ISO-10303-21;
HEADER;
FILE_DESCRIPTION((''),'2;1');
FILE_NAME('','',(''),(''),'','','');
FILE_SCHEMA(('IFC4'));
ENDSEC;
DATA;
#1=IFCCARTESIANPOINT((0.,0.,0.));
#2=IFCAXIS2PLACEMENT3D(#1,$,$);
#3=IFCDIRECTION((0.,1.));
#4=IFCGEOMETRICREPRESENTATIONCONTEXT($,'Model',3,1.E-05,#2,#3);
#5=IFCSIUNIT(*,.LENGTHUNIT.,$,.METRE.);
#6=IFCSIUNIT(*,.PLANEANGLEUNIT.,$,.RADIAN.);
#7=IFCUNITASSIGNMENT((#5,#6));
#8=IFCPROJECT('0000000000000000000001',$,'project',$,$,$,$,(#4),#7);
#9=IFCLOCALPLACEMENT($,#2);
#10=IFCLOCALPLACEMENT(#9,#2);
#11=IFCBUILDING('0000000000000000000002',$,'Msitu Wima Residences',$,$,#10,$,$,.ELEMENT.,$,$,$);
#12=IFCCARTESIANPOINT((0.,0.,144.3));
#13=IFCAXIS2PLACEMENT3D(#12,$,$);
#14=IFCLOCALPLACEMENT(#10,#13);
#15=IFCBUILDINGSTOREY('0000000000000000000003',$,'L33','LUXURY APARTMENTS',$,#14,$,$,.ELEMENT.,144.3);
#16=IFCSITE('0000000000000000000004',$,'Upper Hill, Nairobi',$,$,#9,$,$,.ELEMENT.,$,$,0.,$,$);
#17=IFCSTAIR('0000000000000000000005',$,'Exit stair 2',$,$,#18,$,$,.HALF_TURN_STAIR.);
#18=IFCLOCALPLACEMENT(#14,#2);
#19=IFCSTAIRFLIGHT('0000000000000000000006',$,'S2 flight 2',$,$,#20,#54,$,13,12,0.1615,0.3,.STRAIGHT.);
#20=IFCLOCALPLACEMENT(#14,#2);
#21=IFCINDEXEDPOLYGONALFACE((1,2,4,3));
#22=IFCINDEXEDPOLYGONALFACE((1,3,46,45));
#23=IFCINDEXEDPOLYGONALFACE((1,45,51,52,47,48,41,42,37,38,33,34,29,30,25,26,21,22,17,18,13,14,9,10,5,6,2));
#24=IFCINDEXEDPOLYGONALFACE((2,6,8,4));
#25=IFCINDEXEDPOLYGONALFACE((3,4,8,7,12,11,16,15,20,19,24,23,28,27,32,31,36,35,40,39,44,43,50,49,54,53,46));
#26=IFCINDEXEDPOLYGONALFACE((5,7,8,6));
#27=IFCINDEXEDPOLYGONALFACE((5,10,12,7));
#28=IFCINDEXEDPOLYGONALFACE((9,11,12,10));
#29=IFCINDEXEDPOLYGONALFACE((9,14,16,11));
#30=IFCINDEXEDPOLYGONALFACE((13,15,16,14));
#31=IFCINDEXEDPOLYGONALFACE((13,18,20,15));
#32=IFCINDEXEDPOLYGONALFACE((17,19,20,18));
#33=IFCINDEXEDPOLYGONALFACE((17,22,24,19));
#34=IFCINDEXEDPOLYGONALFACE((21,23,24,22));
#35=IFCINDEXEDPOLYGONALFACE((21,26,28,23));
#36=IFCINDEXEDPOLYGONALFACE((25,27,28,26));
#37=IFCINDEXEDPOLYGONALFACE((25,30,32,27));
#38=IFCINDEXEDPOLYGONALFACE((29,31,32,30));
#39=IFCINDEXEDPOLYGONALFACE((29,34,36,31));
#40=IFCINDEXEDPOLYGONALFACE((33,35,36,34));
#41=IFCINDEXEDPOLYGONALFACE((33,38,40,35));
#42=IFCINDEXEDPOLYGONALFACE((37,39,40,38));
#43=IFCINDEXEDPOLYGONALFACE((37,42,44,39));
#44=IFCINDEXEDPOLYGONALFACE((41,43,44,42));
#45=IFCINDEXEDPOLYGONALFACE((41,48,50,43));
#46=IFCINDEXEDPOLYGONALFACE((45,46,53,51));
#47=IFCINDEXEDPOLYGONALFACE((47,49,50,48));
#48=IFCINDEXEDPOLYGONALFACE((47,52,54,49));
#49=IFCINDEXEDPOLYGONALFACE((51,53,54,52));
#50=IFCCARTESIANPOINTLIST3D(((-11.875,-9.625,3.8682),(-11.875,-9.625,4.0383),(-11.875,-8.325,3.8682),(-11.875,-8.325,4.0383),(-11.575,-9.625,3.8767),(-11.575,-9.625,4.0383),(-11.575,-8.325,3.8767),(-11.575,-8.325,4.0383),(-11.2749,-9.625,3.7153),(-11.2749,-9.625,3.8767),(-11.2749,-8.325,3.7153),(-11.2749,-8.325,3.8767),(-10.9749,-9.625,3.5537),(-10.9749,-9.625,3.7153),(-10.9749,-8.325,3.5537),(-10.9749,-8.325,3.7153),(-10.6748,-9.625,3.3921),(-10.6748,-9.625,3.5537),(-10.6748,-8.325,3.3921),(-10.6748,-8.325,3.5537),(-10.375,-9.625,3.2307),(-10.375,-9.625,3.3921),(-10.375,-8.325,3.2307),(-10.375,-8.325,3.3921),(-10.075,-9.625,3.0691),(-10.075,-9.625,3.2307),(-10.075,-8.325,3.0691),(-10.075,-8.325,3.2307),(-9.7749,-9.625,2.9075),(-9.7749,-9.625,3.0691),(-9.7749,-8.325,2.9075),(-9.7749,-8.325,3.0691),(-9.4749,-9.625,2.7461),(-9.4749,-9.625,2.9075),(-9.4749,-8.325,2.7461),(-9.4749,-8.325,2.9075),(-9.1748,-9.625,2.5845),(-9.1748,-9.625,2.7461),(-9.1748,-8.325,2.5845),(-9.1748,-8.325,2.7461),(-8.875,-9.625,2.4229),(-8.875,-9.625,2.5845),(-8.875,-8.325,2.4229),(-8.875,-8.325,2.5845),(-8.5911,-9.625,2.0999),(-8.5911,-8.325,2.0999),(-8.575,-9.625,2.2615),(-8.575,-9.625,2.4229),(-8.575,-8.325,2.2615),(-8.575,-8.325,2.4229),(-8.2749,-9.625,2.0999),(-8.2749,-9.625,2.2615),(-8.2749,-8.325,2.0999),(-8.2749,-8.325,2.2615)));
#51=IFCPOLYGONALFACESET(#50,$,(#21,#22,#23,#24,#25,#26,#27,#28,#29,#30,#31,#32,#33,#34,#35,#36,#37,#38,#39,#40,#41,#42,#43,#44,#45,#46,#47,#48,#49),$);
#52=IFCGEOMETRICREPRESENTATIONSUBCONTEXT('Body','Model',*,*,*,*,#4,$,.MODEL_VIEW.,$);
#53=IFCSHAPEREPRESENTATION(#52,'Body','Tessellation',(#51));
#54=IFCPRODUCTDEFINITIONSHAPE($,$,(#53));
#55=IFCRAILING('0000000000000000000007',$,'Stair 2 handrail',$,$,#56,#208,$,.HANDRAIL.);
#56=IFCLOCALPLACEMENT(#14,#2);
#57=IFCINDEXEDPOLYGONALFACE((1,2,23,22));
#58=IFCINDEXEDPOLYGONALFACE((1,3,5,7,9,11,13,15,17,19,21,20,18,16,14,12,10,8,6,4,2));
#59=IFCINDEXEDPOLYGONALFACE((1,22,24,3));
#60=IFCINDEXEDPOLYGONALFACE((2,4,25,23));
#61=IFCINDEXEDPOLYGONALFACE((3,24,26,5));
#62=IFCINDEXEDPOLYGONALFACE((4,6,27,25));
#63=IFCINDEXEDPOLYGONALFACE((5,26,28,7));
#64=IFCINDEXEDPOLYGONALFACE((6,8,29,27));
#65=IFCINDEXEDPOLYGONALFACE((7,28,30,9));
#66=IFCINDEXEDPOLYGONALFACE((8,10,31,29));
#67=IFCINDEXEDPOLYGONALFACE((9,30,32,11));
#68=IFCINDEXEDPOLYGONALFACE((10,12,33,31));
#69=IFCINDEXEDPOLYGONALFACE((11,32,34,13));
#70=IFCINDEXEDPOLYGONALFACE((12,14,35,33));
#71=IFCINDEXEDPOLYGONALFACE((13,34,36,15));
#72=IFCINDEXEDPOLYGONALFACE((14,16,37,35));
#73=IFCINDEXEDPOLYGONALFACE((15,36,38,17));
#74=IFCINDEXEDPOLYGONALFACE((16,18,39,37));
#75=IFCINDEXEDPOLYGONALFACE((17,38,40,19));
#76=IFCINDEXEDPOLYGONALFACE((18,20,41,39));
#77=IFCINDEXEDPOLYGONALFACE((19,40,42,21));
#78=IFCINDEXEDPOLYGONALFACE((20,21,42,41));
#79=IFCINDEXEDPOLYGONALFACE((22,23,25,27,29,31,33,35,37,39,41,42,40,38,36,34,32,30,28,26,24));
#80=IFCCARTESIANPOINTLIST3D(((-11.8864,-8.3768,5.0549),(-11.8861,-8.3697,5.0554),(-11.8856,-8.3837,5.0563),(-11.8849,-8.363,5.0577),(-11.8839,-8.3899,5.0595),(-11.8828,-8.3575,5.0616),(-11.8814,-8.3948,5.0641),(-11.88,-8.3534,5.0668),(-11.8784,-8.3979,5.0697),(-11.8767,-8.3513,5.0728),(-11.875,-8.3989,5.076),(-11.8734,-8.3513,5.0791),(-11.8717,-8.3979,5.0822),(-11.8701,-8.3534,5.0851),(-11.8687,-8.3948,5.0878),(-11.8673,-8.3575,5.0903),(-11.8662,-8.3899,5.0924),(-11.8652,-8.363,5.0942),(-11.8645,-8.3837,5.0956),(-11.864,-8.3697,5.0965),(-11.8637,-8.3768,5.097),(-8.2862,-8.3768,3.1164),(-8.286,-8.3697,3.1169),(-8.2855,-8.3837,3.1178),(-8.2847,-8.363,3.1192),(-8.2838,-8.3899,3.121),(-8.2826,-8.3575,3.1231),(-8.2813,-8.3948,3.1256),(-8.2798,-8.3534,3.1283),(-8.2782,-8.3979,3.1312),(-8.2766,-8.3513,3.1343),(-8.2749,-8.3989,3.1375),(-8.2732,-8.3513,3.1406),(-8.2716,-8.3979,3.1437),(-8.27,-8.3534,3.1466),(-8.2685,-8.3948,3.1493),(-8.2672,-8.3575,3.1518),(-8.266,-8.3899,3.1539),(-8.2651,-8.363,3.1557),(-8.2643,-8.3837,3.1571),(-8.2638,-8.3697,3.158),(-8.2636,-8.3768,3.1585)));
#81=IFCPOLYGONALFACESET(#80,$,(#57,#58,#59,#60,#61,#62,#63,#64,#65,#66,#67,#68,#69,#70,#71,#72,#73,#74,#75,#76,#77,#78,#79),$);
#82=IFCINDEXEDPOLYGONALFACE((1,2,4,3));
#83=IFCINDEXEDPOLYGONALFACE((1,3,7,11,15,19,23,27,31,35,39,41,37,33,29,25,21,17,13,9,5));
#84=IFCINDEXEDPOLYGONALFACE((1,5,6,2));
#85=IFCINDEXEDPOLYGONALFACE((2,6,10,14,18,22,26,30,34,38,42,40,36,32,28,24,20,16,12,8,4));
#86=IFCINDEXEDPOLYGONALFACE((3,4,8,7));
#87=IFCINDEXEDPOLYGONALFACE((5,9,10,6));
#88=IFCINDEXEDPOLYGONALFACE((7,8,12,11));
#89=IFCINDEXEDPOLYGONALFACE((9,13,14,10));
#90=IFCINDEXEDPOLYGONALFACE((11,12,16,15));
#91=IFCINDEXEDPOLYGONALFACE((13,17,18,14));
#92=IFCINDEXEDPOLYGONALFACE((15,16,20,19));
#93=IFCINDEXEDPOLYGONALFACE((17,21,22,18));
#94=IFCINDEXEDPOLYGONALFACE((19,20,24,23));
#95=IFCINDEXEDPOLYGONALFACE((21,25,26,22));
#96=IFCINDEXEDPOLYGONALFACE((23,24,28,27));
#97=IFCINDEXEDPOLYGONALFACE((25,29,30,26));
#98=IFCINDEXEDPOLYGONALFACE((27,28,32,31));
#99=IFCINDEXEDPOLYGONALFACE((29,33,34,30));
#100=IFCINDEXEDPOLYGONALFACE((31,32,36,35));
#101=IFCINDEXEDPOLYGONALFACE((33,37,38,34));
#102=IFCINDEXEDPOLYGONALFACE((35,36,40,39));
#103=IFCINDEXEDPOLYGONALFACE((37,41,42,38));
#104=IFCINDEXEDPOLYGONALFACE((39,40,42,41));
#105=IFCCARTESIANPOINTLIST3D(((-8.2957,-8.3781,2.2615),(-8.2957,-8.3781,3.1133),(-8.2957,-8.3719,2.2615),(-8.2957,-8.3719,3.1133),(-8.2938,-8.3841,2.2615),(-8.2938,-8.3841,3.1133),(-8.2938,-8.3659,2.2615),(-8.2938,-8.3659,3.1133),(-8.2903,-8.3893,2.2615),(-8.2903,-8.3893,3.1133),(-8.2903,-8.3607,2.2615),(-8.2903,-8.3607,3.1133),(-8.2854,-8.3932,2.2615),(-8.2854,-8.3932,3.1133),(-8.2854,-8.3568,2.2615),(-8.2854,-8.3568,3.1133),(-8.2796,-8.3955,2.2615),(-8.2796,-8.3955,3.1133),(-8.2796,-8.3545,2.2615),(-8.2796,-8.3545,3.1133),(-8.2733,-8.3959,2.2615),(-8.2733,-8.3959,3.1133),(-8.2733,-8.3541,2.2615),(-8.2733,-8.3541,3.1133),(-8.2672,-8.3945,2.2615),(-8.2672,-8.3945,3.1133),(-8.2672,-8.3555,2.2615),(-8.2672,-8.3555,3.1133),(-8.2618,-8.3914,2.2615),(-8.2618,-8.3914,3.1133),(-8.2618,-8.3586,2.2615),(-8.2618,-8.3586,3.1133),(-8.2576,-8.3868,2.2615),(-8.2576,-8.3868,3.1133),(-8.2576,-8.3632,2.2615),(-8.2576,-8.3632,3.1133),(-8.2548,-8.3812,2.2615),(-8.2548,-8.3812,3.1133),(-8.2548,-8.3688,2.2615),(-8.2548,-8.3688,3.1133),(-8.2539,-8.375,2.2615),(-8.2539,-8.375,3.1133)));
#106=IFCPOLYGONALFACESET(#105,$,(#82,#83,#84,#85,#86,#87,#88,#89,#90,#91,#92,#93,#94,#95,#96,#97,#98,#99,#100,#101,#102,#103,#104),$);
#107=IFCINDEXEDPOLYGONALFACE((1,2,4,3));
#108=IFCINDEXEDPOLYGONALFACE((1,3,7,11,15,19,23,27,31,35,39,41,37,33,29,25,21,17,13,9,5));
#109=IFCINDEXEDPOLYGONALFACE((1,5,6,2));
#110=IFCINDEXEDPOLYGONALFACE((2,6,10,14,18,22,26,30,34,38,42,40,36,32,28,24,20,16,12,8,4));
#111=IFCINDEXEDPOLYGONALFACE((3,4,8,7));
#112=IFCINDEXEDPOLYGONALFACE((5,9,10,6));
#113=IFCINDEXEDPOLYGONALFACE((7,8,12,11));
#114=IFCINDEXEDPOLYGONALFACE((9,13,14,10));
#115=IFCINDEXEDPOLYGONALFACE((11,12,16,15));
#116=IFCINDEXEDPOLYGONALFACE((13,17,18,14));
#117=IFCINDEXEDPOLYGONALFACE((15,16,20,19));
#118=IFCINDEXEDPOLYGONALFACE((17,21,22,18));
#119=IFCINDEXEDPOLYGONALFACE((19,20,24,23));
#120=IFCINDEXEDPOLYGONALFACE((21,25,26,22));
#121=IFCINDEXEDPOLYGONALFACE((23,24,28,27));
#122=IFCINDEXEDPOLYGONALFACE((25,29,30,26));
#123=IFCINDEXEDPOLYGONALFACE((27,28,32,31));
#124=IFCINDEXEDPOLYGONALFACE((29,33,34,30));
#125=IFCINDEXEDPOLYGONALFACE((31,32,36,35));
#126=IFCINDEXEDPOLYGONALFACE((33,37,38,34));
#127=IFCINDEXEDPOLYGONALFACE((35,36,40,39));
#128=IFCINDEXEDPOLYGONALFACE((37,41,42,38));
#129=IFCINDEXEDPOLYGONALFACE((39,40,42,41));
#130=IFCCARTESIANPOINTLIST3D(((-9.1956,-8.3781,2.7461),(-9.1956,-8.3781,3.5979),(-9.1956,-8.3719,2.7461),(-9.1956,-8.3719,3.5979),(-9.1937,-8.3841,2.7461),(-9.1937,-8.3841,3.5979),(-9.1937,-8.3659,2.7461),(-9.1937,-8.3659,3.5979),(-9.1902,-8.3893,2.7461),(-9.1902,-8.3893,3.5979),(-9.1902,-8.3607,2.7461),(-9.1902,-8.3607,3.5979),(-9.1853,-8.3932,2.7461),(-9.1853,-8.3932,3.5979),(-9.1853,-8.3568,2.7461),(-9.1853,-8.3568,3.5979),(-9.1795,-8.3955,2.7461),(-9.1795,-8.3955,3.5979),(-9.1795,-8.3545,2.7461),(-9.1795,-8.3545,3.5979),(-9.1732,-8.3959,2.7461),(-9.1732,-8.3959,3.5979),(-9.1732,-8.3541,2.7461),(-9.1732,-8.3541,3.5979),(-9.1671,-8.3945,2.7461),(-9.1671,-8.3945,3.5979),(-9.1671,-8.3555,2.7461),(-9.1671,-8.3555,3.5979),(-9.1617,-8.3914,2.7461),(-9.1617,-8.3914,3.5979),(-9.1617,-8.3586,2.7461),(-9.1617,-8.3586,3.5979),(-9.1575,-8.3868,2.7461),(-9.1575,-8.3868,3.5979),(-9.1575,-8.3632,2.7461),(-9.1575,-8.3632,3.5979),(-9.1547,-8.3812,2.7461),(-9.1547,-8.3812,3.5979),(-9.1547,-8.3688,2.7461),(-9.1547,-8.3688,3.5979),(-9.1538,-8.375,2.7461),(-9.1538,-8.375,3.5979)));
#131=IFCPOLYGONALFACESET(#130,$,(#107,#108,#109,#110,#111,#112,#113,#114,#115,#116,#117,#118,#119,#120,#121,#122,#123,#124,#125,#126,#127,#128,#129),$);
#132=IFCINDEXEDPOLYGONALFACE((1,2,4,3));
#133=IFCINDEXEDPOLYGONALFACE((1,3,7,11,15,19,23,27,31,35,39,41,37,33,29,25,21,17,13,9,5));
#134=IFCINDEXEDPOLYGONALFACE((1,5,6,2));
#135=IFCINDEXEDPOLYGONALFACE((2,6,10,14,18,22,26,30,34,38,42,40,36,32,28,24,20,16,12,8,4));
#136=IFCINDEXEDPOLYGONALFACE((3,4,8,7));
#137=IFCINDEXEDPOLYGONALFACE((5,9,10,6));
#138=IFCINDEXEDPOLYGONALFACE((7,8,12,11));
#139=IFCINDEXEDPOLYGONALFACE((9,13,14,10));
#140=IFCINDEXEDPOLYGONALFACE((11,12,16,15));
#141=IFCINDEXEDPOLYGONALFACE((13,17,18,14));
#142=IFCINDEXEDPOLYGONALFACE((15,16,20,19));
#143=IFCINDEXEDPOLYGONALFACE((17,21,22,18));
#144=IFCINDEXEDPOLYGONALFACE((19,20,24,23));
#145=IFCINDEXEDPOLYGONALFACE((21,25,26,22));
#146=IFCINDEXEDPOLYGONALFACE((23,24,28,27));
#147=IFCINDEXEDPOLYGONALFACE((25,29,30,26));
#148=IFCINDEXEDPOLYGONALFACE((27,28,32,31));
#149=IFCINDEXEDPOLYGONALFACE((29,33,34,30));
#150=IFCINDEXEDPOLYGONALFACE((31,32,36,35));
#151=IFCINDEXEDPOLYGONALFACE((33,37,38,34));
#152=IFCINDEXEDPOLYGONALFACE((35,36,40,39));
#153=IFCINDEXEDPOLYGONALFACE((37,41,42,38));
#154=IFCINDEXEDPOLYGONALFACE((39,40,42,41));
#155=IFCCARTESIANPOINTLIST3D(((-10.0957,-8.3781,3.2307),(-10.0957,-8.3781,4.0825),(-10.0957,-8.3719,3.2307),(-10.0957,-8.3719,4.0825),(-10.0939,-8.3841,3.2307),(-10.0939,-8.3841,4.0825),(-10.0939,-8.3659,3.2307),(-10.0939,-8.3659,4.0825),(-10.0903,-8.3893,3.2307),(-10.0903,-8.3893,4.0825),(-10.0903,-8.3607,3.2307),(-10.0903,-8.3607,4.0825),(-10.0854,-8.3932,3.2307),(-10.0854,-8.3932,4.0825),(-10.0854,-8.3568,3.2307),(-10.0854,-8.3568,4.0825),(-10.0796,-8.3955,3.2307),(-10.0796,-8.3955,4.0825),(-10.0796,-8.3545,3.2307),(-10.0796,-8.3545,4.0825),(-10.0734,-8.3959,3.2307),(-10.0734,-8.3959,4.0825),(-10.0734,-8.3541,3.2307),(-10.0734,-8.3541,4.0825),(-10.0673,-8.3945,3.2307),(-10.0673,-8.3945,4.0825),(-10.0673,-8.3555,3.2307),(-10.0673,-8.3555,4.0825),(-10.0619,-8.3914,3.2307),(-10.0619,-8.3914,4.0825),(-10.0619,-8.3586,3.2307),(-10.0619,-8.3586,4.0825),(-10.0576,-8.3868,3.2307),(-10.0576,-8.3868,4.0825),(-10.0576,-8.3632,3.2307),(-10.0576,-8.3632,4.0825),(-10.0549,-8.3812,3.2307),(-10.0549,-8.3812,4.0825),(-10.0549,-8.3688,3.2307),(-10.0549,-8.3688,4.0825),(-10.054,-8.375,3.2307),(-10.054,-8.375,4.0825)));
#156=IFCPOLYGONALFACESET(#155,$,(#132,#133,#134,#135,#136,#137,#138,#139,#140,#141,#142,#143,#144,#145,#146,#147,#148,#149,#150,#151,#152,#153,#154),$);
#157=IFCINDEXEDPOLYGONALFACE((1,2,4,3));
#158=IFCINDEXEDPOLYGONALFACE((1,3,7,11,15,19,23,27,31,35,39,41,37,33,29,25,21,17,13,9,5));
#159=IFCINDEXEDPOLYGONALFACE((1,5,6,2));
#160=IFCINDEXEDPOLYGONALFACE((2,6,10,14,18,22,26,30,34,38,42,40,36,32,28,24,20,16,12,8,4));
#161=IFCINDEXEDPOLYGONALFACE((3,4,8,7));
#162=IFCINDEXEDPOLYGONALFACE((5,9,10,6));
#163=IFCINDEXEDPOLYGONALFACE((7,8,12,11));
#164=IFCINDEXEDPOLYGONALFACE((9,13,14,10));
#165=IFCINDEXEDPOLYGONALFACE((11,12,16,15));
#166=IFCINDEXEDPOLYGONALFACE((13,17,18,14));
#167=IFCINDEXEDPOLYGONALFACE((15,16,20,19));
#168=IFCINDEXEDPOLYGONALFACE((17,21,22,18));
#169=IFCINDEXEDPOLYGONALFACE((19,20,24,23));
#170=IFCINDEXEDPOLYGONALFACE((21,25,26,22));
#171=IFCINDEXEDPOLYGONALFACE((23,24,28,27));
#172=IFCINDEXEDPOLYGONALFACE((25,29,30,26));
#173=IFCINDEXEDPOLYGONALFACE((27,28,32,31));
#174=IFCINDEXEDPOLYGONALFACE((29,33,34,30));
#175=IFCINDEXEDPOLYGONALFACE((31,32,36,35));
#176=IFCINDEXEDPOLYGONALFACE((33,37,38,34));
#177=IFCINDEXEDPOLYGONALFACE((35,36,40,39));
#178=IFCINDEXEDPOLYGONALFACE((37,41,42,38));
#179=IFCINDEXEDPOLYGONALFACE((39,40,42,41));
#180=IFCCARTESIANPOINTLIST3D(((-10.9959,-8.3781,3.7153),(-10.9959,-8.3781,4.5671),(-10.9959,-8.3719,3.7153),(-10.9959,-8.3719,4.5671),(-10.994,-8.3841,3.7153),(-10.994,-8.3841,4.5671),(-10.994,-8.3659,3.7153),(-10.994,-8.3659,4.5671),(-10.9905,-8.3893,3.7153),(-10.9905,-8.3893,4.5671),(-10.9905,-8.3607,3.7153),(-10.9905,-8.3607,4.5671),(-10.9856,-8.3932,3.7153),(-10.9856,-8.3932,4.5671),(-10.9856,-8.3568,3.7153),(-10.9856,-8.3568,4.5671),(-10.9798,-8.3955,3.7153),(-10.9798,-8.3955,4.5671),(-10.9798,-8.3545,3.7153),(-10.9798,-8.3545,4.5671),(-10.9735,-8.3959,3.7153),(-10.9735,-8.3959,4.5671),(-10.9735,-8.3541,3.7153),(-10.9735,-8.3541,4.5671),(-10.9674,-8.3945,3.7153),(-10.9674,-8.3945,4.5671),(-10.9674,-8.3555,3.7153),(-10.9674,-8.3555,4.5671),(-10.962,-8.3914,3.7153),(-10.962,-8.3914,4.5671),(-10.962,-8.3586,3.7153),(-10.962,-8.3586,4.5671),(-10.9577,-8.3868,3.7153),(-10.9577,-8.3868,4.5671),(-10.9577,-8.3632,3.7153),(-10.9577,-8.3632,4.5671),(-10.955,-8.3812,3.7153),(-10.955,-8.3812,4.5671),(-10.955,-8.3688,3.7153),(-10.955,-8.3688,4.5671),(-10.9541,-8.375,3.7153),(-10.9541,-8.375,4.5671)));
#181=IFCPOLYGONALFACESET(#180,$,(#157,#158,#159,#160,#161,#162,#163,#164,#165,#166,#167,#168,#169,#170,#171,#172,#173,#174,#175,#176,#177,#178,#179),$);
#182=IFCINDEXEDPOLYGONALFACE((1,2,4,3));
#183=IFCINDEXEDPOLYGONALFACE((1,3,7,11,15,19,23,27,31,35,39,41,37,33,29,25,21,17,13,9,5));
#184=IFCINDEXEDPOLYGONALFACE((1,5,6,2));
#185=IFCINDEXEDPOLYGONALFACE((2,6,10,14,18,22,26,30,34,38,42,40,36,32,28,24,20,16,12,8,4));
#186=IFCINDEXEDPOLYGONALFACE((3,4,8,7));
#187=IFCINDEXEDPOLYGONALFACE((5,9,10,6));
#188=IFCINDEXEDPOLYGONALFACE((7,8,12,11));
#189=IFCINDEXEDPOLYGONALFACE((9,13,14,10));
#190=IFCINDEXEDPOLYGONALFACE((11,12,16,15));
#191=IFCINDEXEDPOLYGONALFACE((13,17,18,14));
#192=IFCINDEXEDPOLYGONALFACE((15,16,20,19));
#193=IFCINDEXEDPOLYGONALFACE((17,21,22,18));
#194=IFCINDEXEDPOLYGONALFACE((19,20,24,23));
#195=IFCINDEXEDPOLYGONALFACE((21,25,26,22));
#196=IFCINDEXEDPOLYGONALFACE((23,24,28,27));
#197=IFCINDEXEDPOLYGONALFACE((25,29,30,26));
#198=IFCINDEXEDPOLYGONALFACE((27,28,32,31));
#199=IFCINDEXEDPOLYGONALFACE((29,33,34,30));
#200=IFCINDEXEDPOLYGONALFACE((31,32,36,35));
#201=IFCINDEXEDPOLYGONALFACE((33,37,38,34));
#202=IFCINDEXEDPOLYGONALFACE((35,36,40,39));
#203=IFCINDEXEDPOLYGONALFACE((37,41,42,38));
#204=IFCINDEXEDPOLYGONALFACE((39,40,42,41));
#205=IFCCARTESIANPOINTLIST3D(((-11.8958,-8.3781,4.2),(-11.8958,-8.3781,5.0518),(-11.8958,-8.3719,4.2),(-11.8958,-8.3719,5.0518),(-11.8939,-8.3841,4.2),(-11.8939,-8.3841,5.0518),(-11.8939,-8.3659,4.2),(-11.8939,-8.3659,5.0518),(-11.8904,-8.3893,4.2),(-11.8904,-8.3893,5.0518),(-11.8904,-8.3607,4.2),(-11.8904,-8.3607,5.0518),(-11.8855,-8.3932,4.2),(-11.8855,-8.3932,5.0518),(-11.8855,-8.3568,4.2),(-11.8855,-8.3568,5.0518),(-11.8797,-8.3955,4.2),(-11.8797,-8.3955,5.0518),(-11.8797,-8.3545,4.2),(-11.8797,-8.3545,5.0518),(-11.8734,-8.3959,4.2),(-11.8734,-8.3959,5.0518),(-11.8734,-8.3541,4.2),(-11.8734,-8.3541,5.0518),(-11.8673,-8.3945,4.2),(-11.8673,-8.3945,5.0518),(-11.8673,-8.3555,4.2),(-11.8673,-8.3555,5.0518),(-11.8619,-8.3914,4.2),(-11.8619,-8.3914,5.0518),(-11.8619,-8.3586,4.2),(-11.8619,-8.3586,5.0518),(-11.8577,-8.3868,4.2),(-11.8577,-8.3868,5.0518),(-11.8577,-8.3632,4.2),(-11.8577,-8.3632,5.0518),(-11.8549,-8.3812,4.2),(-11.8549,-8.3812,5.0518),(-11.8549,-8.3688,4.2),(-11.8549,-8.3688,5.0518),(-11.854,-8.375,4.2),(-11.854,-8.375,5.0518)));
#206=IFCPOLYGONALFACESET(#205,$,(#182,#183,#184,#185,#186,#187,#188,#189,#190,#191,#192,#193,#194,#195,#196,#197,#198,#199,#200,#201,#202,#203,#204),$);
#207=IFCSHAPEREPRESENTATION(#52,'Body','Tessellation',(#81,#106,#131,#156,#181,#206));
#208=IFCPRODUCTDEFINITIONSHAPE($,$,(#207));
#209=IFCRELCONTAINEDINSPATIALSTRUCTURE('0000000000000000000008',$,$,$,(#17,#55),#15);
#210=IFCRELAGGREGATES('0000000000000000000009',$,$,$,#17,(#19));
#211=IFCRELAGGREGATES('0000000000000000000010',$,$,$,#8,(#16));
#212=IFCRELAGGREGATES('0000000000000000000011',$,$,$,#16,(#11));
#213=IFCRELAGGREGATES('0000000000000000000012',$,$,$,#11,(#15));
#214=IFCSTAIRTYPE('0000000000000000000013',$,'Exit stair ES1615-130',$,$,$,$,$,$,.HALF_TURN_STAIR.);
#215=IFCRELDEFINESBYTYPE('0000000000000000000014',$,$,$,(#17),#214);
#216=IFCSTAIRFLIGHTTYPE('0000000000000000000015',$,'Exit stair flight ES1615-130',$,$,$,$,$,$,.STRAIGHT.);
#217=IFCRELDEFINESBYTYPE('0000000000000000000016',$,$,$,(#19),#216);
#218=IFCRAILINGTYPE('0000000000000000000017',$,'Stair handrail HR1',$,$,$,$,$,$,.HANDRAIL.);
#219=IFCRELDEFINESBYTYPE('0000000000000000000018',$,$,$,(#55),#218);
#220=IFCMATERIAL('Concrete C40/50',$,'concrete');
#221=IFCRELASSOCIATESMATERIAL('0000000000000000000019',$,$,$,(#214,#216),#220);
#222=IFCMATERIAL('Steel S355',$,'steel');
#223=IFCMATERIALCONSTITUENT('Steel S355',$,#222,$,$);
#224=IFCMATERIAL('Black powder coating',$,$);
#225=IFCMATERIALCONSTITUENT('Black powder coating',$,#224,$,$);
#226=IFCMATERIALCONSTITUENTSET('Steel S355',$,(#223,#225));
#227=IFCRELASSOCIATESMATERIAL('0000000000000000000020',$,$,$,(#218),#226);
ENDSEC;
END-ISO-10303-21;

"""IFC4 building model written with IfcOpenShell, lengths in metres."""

from ifc_helpers import new_model, si_unit, direction, frame, origin, origin_2d, place, context, subcontext, project, spatial, polyline, circle, outline, extrude, material, constituent, constituent_set, type_object, element, aggregate, save


model = new_model("IFC4")

# Units and contexts
model_context = context("Model", 3, precision=1e-05, world=origin(), true_north=direction((0.0, 1.0)))
body_context = subcontext(model_context, "Body", "Model", "MODEL_VIEW")
ifc_project = project(units=[si_unit("LENGTHUNIT", "METRE"), si_unit("PLANEANGLEUNIT", "RADIAN")], contexts=[model_context])

# Site, building, storey
site_placement = place(None, origin())
site = spatial("IfcSite", under=ifc_project, at=site_placement, Name="Upper Hill, Nairobi", CompositionType="ELEMENT", RefElevation=0.0)
building_placement = place(site_placement, origin())
building = spatial("IfcBuilding", under=site, at=building_placement, Name="Msitu Wima Residences", CompositionType="ELEMENT")
storey_placement = place(building_placement, frame((0.0, 0.0, 144.3)))
storey = spatial("IfcBuildingStorey", under=building, at=storey_placement, Name="L33", Description="LUXURY APARTMENTS", CompositionType="ELEMENT", Elevation=144.3)

# Shared definitions
ifc_material_1 = material(Name="Concrete C40/50", Category="concrete")

# Stair, stair flight
stair_type = type_object("IfcStairType", Name="Exit stair ES1615-130", PredefinedType="HALF_TURN_STAIR", material=ifc_material_1)
stair_placement = place(storey_placement, origin())
stair = element("IfcStair", 1, at=stair_placement, inside=storey, type_object=stair_type, Name="Exit stair 2", PredefinedType="HALF_TURN_STAIR")
stair_flight_type = type_object("IfcStairFlightType", Name="Exit stair flight ES1615-130", PredefinedType="STRAIGHT", material=ifc_material_1)
stair_flight_placement = place(storey_placement, frame((-8.2749, -8.9751, 2.0999), z_axis=(0.0, 0.0, 1.0), x_axis=(-1.0, 0.0, 0.0)))
stair_flight = element("IfcStairFlight", 2, at=stair_flight_placement, type_object=stair_flight_type, Name="S2 flight 2", NumberOfRisers=13, NumberOfTreads=12, PredefinedType="STRAIGHT", RiserHeight=0.1615, TreadLength=0.3, context=body_context, shape_type="SweptSolid", body=[
    extrude(outline(polyline([(0.0, 0.0), (0.0, 0.1616), (0.3, 0.1616), (0.3, 0.323), (0.6001, 0.323), (0.6001, 0.4846), (0.8999, 0.4846), (0.8999, 0.6462), (1.2, 0.6462), (1.2, 0.8076), (1.5, 0.8076), (1.5, 0.9692), (1.8, 0.9692), (1.8, 1.1309), (2.1001, 1.1309), (2.1001, 1.2922), (2.3999, 1.2922), (2.3999, 1.4539), (2.7, 1.4539), (2.7, 1.6155), (3.0, 1.6155), (3.0, 1.7769), (3.3, 1.7769), (3.3, 1.9385), (3.6001, 1.9385), (3.6001, 2.1001), (3.6001, 1.7683), (0.3162, 0.0), (0.0, 0.0)])), frame((0.0, 0.6499, 0.0), z_axis=(0.0, -1.0, 0.0), x_axis=(1.0, 0.0, 0.0)), (0.0, 0.0, 1.0), 1.3),
])
aggregate(stair, [stair_flight])

# Railing
ifc_material_2 = material(Name="Steel S355", Category="steel")
ifc_constituent_1 = constituent(ifc_material_2, Name="Steel S355")
ifc_material_3 = material(Name="Black powder coating")
ifc_constituent_2 = constituent(ifc_material_3, Name="Black powder coating")
ifc_constituent_set = constituent_set(constituents=[ifc_constituent_1, ifc_constituent_2], Name="Steel S355")
railing_type = type_object("IfcRailingType", Name="Stair handrail HR1", PredefinedType="HANDRAIL", material=ifc_constituent_set)
railing_placement = place(storey_placement, frame((-8.2749, -8.375, 2.2615)))
element("IfcRailing", 3, at=railing_placement, inside=storey, type_object=railing_type, Name="Stair 2 handrail", PredefinedType="HANDRAIL", context=body_context, shape_type="SweptSolid", body=[
    extrude(circle(Radius=0.0239, at=origin_2d()), frame((0.0, 0.0, 0.876), z_axis=(-0.880475, 0.0, 0.474093), x_axis=(0.0, -1.0, 0.0)), (0.0, 0.0, 1.0), 4.0889),
    extrude(circle(Radius=0.021, at=origin_2d()), origin(), (0.0, 0.0, 1.0), 0.8518),
    extrude(circle(Radius=0.021, at=origin_2d()), frame((-0.8999, 0.0, 0.4846)), (0.0, 0.0, 1.0), 0.8518),
    extrude(circle(Radius=0.021, at=origin_2d()), frame((-1.8, 0.0, 0.9692)), (0.0, 0.0, 1.0), 0.8518),
    extrude(circle(Radius=0.021, at=origin_2d()), frame((-2.7002, 0.0, 1.4539)), (0.0, 0.0, 1.0), 0.8518),
    extrude(circle(Radius=0.021, at=origin_2d()), frame((-3.6001, 0.0, 1.9385)), (0.0, 0.0, 1.0), 0.8518),
])

save(model, "model.ifc")
